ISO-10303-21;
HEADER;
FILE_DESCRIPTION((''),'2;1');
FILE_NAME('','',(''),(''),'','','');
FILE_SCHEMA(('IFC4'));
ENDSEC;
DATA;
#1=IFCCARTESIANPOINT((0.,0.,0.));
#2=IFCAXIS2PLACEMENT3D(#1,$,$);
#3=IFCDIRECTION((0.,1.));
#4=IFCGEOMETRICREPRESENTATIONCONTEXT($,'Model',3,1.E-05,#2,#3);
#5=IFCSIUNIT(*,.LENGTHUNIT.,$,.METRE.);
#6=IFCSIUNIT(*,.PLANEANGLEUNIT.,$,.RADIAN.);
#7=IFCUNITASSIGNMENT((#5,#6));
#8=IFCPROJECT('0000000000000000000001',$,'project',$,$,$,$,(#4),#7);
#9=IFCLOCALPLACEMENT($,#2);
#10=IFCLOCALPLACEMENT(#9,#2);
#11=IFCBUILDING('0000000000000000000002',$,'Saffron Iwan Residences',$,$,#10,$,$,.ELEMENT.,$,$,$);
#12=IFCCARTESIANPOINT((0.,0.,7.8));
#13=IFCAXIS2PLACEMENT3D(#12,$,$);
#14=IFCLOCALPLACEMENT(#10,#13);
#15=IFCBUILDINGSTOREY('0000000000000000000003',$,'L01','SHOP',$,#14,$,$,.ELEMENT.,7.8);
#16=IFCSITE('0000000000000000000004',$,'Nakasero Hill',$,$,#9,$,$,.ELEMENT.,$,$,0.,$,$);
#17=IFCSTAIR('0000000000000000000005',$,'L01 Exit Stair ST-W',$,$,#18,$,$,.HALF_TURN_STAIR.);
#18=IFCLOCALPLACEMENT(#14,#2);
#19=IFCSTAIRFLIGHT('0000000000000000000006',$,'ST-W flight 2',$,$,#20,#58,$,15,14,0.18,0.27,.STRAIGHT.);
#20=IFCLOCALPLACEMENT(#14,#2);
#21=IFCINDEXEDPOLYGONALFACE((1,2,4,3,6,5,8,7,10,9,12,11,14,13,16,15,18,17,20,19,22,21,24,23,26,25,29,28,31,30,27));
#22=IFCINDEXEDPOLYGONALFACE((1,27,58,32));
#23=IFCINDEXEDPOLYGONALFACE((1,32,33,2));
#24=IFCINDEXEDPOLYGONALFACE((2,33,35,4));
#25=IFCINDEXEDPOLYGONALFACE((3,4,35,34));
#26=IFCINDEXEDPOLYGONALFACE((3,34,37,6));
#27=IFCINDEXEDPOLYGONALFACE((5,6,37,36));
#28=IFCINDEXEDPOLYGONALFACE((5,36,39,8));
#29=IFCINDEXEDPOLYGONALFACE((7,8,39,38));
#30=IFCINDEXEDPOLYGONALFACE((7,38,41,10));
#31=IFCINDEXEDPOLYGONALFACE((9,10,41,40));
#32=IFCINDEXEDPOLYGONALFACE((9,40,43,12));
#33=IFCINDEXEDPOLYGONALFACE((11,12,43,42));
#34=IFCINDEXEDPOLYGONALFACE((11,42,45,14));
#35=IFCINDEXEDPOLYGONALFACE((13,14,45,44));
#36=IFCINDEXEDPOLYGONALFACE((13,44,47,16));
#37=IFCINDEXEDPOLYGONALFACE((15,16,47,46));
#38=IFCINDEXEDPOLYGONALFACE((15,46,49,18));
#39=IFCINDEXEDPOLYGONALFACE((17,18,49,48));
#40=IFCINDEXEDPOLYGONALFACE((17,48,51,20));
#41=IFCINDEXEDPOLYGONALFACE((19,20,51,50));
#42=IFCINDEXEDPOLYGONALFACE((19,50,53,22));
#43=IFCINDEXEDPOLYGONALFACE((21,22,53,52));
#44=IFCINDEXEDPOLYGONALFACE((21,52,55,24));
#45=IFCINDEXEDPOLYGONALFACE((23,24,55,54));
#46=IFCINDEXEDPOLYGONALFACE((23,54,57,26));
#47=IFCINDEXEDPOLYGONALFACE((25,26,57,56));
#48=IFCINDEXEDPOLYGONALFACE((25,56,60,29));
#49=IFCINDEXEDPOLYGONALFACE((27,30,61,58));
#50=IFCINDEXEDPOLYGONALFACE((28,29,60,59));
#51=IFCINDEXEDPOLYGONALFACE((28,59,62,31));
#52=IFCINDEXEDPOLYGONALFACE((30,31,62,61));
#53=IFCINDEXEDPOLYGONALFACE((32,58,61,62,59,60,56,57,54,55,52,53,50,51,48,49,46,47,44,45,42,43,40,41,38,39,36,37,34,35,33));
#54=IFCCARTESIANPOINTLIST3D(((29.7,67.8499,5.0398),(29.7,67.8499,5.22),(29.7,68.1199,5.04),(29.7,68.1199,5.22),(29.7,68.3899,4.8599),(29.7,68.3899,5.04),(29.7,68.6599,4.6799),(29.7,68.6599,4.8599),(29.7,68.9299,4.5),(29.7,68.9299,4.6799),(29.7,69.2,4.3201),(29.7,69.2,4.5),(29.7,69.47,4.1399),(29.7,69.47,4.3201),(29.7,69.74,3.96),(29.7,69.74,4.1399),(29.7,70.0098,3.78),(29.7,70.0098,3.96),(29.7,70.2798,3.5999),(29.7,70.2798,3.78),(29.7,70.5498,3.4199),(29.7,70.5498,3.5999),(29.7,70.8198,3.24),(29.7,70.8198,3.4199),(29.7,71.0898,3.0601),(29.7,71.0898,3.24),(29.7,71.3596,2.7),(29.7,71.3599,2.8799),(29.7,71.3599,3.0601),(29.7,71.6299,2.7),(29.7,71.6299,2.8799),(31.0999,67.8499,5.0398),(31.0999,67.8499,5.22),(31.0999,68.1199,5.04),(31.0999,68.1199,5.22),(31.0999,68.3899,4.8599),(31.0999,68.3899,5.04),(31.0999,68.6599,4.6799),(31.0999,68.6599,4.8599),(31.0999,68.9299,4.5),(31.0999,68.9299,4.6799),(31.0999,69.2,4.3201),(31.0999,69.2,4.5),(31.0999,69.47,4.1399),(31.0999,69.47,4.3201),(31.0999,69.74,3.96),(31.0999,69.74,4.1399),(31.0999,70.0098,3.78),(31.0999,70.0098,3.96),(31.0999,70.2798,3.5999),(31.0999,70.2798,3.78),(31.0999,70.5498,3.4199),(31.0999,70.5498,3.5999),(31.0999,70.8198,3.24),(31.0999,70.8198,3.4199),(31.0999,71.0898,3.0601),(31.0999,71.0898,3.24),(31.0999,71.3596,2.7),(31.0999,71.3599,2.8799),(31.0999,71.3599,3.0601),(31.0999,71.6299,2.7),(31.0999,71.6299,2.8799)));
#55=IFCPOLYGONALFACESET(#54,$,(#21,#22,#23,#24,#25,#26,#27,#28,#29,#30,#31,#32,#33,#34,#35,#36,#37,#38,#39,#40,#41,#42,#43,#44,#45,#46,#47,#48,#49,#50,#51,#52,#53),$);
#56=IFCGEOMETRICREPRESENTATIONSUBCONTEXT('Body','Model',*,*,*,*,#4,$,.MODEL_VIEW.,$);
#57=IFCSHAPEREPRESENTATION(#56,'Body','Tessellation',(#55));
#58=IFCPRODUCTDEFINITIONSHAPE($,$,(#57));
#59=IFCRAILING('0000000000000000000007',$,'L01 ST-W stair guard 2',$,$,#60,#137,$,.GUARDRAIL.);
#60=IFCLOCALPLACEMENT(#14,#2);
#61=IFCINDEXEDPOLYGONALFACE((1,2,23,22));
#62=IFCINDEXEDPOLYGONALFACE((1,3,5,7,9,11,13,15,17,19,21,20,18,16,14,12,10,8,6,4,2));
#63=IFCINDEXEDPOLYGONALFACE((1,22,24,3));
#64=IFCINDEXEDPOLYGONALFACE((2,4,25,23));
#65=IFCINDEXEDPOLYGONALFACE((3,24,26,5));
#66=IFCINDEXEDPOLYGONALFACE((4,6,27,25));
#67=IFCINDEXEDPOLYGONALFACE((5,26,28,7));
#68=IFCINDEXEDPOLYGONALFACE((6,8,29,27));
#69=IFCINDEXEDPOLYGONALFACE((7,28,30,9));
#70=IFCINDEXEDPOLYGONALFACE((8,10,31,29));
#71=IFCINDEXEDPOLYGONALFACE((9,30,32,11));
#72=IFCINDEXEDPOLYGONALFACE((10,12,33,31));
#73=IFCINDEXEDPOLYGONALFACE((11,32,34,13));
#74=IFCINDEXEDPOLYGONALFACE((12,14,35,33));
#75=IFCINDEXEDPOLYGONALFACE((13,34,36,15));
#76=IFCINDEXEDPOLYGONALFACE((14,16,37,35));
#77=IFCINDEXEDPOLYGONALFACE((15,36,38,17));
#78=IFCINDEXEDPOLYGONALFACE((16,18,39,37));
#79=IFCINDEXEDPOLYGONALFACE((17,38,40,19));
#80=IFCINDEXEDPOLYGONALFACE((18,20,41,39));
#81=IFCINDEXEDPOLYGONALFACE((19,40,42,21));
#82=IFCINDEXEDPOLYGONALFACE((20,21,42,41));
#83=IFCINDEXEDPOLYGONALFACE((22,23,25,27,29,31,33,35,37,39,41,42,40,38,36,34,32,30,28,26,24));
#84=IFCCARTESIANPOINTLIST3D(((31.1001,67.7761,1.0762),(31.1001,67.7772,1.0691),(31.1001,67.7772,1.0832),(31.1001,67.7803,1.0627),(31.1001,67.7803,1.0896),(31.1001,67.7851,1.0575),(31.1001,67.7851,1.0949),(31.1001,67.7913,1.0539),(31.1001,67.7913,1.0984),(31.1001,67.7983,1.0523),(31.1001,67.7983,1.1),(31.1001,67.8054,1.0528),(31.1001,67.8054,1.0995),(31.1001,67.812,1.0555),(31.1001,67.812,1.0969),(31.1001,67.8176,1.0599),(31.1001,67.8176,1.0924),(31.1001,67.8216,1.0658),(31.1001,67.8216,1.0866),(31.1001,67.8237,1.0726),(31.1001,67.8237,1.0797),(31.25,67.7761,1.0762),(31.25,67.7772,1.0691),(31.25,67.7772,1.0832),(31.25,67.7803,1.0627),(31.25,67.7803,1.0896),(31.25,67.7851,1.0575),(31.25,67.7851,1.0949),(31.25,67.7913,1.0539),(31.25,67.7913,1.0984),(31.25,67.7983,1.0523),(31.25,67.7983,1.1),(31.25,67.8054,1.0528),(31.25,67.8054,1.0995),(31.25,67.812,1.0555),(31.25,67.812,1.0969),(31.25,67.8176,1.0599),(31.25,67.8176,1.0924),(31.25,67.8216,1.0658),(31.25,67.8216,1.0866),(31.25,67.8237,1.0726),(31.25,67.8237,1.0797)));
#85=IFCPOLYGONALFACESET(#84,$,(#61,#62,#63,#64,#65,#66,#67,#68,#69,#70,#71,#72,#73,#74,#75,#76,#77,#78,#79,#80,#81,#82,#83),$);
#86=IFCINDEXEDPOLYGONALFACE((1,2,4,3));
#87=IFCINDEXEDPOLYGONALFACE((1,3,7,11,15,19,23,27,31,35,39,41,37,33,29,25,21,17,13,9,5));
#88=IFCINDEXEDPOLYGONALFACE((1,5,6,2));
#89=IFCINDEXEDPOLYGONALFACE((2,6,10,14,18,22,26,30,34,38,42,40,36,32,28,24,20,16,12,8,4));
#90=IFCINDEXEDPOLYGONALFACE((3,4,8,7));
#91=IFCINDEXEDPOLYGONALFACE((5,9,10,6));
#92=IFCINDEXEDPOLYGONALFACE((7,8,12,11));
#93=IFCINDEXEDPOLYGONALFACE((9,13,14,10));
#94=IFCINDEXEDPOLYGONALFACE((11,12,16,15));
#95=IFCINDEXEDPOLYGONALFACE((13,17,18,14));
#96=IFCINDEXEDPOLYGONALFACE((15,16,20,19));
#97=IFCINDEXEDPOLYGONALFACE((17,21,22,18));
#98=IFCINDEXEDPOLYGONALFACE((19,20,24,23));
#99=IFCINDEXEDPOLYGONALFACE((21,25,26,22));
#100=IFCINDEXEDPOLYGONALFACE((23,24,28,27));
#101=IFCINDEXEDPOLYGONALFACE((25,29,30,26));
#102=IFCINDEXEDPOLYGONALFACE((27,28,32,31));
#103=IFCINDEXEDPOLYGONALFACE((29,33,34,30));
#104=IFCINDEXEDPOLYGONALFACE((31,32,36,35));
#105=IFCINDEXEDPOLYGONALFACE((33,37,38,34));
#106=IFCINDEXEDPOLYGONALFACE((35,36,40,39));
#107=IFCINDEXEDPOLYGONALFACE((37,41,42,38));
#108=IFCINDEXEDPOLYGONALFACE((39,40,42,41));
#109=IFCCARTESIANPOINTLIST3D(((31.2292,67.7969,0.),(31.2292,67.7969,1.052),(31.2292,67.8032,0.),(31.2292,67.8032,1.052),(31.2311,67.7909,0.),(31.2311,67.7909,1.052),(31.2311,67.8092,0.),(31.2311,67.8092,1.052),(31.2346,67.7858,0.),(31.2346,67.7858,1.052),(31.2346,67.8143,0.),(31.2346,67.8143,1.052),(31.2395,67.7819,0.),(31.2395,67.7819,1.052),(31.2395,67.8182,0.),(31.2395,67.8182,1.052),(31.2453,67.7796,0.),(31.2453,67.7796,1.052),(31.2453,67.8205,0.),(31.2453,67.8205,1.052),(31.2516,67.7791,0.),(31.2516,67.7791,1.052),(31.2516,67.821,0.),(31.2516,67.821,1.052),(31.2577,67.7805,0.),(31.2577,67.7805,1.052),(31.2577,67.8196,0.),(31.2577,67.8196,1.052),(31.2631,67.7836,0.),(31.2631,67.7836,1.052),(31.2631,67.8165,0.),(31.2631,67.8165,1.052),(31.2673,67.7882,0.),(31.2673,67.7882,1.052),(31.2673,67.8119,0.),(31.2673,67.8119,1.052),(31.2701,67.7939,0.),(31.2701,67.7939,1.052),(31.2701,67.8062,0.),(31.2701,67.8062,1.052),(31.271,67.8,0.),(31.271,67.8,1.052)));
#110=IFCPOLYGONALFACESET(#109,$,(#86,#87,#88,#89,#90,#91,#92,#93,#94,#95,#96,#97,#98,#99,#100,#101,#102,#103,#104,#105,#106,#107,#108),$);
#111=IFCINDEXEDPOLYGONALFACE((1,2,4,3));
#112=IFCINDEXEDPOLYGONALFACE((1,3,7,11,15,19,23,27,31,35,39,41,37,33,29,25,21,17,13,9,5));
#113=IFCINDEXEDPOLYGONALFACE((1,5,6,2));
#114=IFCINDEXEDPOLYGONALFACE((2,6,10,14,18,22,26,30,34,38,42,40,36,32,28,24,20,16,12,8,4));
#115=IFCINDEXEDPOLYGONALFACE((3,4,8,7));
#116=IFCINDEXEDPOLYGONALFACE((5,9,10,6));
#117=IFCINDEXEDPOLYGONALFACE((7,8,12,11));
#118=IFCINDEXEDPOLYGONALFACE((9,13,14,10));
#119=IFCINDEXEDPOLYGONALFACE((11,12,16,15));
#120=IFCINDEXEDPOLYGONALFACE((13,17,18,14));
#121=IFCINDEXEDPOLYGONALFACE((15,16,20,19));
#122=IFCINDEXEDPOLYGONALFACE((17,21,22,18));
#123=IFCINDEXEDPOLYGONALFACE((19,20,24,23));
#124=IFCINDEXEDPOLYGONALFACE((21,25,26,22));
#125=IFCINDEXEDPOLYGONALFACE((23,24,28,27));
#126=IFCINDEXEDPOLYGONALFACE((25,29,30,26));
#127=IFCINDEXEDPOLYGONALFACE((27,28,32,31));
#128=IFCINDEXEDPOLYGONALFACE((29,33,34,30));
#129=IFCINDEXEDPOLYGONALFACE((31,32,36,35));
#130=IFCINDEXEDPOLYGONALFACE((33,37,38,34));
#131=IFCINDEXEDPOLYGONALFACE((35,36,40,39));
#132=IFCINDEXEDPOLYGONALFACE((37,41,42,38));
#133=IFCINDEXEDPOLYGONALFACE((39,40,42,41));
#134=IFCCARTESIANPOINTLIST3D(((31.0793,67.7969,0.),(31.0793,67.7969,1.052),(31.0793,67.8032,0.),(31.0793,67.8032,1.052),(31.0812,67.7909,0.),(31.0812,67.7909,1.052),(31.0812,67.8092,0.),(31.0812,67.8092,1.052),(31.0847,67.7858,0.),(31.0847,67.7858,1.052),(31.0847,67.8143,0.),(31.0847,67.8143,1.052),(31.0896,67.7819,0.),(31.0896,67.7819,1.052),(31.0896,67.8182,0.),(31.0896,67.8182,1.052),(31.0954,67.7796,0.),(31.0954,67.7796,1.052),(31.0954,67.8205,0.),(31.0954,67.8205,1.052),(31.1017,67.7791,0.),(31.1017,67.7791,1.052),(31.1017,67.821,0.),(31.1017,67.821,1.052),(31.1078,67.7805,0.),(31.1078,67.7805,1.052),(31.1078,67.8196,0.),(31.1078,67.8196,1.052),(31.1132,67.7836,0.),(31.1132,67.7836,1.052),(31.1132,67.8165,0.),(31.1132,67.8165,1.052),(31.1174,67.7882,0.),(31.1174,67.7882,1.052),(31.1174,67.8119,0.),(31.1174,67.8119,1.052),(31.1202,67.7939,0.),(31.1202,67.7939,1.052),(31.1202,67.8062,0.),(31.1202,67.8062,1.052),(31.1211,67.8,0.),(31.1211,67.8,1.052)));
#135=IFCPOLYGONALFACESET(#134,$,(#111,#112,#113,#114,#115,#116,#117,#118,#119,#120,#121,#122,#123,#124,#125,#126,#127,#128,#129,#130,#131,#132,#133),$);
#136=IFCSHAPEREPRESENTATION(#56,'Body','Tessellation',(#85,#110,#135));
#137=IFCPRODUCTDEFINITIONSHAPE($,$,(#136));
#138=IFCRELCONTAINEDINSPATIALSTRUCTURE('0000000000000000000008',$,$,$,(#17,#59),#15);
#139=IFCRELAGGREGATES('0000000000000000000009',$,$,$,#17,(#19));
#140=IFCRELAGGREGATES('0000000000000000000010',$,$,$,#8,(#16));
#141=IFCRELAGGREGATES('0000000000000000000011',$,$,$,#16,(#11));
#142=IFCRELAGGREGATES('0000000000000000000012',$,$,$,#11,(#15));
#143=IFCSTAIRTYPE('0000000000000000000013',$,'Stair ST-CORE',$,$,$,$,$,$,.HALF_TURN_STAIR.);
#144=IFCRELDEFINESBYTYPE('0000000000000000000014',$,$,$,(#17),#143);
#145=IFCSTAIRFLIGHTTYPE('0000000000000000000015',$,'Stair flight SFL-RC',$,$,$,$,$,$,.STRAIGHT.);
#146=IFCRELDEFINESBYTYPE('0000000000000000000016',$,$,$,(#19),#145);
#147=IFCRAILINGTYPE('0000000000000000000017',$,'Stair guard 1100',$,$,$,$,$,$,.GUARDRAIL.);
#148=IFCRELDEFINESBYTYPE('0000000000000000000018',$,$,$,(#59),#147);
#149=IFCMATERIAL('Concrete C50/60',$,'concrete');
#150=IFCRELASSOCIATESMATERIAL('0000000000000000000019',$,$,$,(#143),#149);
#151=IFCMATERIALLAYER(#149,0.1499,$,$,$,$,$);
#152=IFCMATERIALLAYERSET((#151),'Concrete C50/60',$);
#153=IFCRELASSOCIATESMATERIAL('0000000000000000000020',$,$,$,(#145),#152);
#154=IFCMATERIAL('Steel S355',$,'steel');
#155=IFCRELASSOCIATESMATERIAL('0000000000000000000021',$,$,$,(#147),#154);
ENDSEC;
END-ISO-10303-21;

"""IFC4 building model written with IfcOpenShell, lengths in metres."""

from ifc_helpers import new_model, si_unit, direction, frame, origin, origin_2d, place, context, subcontext, project, spatial, polyline, circle, outline, extrude, material, layer, layer_set, type_object, element, aggregate, save


model = new_model("IFC4")

# Units and contexts
model_context = context("Model", 3, precision=1e-05, world=origin(), true_north=direction((0.0, 1.0)))
body_context = subcontext(model_context, "Body", "Model", "MODEL_VIEW")
ifc_project = project(units=[si_unit("LENGTHUNIT", "METRE"), si_unit("PLANEANGLEUNIT", "RADIAN")], contexts=[model_context])

# Site, building, storey
site_placement = place(None, origin())
site = spatial("IfcSite", under=ifc_project, at=site_placement, Name="Nakasero Hill", CompositionType="ELEMENT", RefElevation=0.0)
building_placement = place(site_placement, origin())
building = spatial("IfcBuilding", under=site, at=building_placement, Name="Saffron Iwan Residences", CompositionType="ELEMENT")
storey_placement = place(building_placement, frame((0.0, 0.0, 7.8)))
storey = spatial("IfcBuildingStorey", under=building, at=storey_placement, Name="L01", Description="SHOP", CompositionType="ELEMENT", Elevation=7.8)

# Shared definitions
ifc_material_1 = material(Name="Concrete C50/60", Category="concrete")

# Stair, stair flight
stair_type = type_object("IfcStairType", Name="Stair ST-CORE", PredefinedType="HALF_TURN_STAIR", material=ifc_material_1)
stair_placement = place(storey_placement, origin())
stair = element("IfcStair", 1, at=stair_placement, inside=storey, type_object=stair_type, Name="L01 Exit Stair ST-W", PredefinedType="HALF_TURN_STAIR")
ifc_layer_1 = layer(ifc_material_1, 0.1499)
ifc_layer_set_1 = layer_set([ifc_layer_1], Name="Concrete C50/60")
stair_flight_type = type_object("IfcStairFlightType", Name="Stair flight SFL-RC", PredefinedType="STRAIGHT", material=ifc_layer_set_1)
stair_flight_1_placement = place(storey_placement, frame((30.3999, 71.6299, 2.7), z_axis=(0.0, 0.0, 1.0), x_axis=(0.0, -1.0, 0.0)))
stair_flight_1 = element("IfcStairFlight", 2, at=stair_flight_1_placement, type_object=stair_flight_type, Name="ST-W flight 2", NumberOfRisers=15, NumberOfTreads=14, PredefinedType="STRAIGHT", RiserHeight=0.18, TreadLength=0.27, context=body_context, shape_type="SweptSolid", body=[
    extrude(outline(polyline([(0.0, 0.0), (0.0, 0.1799), (0.27, 0.1799), (0.27, 0.3601), (0.54, 0.3601), (0.54, 0.54), (0.8101, 0.54), (0.8101, 0.72), (1.0801, 0.72), (1.0801, 0.8999), (1.3501, 0.8999), (1.3501, 1.0801), (1.6201, 1.0801), (1.6201, 1.26), (1.8899, 1.26), (1.8899, 1.4399), (2.1599, 1.4399), (2.1599, 1.6201), (2.4299, 1.6201), (2.4299, 1.8), (2.7, 1.8), (2.7, 1.98), (2.97, 1.98), (2.97, 2.1599), (3.24, 2.1599), (3.24, 2.3401), (3.51, 2.3401), (3.51, 2.52), (3.78, 2.52), (3.78, 2.7), (3.78, 2.3398), (0.2703, 0.0), (0.0, 0.0)])), frame((0.0, 0.7, 0.0), z_axis=(0.0, -1.0, 0.0), x_axis=(1.0, 0.0, 0.0)), (0.0, 0.0, 1.0), 1.3999),
])
aggregate(stair, [stair_flight_1])

# Railing
ifc_material_2 = material(Name="Steel S355", Category="steel")
railing_type_1 = type_object("IfcRailingType", Name="Stair guard 1100", PredefinedType="GUARDRAIL", material=ifc_material_2)
railing_1_placement = place(storey_placement, frame((31.25, 67.8, 0.0)))
element("IfcRailing", 3, at=railing_1_placement, inside=storey, type_object=railing_type_1, Name="L01 ST-W stair guard 2", PredefinedType="GUARDRAIL", context=body_context, shape_type="SweptSolid", body=[
    extrude(circle(Radius=0.0239, at=origin_2d()), frame((0.0, 0.0, 1.0762), z_axis=(-1.0, 0.0, 0.0), x_axis=(0.0, -1.0, 0.0)), (0.0, 0.0, 1.0), 0.1499),
    extrude(circle(Radius=0.021, at=origin_2d()), origin(), (0.0, 0.0, 1.0), 1.052),
    extrude(circle(Radius=0.021, at=origin_2d()), frame((-0.1499, 0.0, 0.0)), (0.0, 0.0, 1.0), 1.052),
])

save(model, "model.ifc")
